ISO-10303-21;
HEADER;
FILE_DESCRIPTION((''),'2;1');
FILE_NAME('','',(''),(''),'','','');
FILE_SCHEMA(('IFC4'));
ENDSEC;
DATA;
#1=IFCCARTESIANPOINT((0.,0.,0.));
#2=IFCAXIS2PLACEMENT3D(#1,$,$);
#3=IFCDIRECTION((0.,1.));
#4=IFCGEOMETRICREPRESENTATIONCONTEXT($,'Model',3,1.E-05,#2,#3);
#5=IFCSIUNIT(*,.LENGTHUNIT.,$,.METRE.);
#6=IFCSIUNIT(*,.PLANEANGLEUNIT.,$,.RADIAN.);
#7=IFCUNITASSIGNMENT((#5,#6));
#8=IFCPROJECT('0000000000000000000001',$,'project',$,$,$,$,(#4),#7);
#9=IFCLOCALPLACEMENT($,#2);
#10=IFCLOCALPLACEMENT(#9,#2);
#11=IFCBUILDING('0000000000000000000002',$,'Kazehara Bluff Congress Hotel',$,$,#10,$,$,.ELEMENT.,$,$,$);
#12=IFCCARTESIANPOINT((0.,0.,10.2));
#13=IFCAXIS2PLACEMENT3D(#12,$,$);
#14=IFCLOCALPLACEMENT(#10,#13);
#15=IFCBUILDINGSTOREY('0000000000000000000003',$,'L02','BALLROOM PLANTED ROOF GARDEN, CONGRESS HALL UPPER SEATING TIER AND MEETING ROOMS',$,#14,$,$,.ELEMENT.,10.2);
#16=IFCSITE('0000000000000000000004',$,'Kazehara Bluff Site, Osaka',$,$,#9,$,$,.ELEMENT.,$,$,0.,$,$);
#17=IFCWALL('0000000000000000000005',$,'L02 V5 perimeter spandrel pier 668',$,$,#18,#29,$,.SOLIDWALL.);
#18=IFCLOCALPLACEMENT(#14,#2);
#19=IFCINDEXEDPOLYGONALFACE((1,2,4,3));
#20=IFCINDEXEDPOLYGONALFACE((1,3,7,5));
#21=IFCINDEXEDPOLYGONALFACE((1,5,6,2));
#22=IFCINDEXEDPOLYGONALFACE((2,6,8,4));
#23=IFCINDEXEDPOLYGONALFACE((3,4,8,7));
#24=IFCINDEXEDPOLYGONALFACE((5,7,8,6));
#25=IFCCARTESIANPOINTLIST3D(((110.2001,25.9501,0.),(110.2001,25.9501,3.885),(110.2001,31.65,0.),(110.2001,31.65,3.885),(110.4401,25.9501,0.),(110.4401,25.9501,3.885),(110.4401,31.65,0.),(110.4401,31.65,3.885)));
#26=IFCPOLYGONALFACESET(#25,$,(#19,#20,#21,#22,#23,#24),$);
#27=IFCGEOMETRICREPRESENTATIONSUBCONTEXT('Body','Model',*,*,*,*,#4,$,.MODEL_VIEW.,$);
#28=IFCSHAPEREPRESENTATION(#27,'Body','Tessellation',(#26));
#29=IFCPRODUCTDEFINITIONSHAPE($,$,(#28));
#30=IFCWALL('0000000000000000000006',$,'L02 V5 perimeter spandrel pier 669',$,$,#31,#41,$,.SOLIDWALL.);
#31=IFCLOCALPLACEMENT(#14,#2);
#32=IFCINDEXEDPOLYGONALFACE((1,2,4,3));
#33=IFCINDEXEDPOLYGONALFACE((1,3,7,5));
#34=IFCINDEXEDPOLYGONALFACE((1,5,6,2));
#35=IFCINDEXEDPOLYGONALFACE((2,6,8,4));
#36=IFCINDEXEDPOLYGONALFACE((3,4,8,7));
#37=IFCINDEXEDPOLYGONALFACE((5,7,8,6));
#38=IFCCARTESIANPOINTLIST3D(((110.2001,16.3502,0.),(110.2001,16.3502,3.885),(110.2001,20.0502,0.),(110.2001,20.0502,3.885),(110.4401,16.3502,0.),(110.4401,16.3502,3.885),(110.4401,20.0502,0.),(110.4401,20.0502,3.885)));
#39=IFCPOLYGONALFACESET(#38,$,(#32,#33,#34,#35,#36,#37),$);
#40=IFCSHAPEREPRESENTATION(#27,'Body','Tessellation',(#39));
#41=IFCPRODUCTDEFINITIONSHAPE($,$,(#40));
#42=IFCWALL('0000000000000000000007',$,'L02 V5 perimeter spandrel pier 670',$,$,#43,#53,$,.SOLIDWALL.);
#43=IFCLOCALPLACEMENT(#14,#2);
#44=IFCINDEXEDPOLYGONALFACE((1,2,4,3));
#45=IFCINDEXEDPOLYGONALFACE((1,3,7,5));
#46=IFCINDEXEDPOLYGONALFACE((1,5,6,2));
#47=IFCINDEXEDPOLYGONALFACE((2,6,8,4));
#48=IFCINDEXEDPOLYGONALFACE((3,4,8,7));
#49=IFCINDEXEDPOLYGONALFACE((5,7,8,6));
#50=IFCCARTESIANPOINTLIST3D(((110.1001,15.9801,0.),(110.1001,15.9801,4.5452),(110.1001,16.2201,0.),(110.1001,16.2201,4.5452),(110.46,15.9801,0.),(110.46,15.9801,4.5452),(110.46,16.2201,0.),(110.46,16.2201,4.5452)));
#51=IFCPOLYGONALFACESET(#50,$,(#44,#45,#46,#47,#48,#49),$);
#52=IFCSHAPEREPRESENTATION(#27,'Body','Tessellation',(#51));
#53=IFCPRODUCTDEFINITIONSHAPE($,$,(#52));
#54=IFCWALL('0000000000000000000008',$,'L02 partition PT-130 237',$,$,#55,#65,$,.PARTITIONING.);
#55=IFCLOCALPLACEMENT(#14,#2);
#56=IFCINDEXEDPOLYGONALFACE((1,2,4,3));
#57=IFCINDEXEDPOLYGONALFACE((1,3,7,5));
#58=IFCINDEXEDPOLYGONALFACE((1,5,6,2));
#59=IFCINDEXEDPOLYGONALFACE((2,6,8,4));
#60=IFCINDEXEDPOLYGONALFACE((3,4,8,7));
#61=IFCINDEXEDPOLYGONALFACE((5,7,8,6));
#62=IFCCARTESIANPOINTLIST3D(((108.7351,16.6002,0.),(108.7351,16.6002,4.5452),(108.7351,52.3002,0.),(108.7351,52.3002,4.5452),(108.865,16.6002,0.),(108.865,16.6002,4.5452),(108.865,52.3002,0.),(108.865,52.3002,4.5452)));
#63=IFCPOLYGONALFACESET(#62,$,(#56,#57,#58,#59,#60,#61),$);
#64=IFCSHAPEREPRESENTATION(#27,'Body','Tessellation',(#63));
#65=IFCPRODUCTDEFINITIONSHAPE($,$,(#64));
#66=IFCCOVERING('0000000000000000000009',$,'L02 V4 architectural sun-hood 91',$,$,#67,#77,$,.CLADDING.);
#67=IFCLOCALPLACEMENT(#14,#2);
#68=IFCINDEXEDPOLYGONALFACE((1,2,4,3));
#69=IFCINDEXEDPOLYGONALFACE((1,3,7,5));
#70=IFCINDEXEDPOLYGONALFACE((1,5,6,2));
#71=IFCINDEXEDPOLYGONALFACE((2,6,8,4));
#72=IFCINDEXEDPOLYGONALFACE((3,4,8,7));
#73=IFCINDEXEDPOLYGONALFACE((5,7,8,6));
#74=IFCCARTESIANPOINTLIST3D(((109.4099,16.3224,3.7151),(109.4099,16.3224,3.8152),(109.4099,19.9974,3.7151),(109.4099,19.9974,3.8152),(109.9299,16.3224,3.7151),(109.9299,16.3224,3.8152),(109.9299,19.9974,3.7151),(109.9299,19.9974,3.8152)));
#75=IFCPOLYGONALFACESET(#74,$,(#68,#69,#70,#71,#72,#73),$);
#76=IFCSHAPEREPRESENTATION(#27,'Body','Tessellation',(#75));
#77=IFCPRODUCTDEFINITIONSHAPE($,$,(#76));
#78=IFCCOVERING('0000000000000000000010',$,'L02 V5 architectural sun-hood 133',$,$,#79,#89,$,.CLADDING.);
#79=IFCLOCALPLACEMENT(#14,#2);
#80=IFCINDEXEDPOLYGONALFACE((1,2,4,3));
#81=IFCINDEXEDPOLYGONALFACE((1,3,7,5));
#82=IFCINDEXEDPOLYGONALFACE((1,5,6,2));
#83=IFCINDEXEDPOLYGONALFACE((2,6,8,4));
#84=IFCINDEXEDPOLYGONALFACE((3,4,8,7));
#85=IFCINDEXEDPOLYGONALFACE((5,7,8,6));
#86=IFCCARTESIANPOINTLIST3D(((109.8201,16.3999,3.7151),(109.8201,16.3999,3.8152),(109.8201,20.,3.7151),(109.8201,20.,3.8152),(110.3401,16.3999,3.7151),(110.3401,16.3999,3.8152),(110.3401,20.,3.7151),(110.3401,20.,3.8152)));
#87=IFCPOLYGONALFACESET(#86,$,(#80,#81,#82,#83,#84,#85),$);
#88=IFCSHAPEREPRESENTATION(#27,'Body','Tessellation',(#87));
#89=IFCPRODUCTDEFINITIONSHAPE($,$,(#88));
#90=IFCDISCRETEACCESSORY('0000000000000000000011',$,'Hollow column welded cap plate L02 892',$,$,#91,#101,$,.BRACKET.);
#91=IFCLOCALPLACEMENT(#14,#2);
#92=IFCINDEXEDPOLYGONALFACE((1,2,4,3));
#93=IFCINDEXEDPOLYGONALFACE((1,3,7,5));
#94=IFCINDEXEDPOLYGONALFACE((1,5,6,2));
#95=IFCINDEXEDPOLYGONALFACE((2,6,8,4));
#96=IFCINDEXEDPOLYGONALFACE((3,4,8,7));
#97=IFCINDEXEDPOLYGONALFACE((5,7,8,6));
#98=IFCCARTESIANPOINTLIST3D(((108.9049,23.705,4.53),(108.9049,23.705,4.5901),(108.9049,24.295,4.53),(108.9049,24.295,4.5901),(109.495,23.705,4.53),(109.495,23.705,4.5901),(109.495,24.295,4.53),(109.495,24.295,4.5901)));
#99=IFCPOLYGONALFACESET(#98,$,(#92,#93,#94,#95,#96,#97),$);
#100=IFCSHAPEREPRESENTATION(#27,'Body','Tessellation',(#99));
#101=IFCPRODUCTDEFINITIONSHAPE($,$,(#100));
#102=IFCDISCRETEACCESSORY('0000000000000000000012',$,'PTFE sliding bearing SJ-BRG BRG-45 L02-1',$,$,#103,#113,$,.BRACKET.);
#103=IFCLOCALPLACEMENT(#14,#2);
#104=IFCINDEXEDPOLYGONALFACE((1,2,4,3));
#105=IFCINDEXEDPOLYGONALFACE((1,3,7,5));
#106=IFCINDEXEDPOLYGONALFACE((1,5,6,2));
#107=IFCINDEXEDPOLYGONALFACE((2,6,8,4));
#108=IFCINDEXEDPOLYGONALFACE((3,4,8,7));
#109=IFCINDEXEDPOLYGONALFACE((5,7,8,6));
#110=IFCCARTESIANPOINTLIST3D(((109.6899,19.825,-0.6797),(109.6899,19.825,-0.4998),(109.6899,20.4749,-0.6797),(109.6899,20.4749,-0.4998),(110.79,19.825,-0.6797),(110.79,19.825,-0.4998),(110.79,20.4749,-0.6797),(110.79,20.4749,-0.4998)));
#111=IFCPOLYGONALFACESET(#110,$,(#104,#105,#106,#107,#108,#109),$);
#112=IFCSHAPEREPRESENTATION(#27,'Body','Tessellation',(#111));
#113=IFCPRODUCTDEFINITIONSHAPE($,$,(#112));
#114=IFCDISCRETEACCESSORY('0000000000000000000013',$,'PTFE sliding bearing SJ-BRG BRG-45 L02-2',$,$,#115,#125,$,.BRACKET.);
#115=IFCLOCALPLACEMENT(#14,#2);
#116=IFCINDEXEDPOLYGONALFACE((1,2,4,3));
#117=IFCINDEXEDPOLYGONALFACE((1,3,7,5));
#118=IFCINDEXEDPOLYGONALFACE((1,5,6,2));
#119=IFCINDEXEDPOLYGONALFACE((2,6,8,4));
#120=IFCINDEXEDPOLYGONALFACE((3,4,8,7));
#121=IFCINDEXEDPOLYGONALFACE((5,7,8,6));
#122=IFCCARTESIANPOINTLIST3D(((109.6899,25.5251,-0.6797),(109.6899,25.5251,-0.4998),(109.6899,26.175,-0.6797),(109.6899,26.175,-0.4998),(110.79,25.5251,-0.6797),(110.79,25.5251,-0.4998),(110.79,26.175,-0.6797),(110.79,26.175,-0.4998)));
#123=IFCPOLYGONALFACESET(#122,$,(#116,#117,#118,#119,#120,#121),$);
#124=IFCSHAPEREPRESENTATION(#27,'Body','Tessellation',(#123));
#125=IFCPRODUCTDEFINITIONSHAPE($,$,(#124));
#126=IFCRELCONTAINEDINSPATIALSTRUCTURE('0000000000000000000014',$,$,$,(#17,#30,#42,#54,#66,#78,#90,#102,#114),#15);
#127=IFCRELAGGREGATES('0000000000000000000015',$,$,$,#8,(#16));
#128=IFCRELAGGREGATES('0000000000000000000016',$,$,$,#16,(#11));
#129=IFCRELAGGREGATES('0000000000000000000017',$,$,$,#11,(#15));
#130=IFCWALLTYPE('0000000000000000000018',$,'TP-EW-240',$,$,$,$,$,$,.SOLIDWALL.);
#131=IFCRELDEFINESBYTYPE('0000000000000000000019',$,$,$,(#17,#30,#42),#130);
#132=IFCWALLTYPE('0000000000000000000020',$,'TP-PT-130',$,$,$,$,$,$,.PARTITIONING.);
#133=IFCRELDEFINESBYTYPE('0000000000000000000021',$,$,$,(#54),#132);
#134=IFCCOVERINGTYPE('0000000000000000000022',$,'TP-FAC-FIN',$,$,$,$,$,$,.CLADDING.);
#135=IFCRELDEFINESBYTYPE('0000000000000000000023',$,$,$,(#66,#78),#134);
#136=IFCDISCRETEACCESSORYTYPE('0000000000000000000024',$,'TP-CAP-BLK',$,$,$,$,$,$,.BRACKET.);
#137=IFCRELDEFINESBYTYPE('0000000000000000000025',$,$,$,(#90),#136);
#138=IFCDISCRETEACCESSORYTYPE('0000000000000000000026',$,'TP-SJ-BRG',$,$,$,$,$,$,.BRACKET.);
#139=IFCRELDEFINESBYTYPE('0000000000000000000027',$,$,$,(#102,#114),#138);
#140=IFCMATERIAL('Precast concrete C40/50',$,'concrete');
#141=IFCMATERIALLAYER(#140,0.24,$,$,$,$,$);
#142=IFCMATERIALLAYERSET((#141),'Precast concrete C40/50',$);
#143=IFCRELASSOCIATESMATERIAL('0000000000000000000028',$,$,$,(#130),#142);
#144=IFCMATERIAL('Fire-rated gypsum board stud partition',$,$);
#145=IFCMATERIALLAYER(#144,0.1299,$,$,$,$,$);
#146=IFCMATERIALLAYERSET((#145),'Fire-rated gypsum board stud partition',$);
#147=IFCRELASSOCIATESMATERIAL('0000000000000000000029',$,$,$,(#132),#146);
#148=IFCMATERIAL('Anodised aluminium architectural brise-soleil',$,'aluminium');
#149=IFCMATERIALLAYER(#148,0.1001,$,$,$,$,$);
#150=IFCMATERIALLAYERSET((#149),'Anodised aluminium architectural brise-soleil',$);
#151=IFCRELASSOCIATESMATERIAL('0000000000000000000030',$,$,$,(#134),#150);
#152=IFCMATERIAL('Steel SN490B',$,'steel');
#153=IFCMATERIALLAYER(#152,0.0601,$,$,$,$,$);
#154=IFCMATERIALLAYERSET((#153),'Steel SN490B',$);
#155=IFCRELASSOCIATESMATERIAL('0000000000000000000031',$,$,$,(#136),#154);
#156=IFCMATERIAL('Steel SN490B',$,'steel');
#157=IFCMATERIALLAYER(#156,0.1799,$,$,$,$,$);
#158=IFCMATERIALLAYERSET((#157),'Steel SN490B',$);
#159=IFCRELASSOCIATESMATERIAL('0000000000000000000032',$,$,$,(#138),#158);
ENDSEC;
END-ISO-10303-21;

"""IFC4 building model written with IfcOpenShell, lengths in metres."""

from ifc_helpers import new_model, si_unit, direction, frame, frame_2d, origin, origin_2d, place, context, subcontext, project, spatial, rectangle, extrude, material, layer, layer_set, type_object, element, save


model = new_model("IFC4")

# Units and contexts
model_context = context("Model", 3, precision=1e-05, world=origin(), true_north=direction((0.0, 1.0)))
body_context = subcontext(model_context, "Body", "Model", "MODEL_VIEW")
ifc_project = project(units=[si_unit("LENGTHUNIT", "METRE"), si_unit("PLANEANGLEUNIT", "RADIAN")], contexts=[model_context])

# Site, building, storey
site_placement = place(None, origin())
site = spatial("IfcSite", under=ifc_project, at=site_placement, Name="Kazehara Bluff Site, Osaka", CompositionType="ELEMENT", RefElevation=0.0)
building_placement = place(site_placement, origin())
building = spatial("IfcBuilding", under=site, at=building_placement, Name="Kazehara Bluff Congress Hotel", CompositionType="ELEMENT")
storey_placement = place(building_placement, frame((0.0, 0.0, 10.2)))
storey = spatial("IfcBuildingStorey", under=building, at=storey_placement, Name="L02", Description="BALLROOM PLANTED ROOF GARDEN, CONGRESS HALL UPPER SEATING TIER AND MEETING ROOMS", CompositionType="ELEMENT", Elevation=10.2)

# Walls
ifc_material_1 = material(Name="Precast concrete C40/50", Category="concrete")
ifc_layer_1 = layer(ifc_material_1, 0.24)
ifc_layer_set_1 = layer_set([ifc_layer_1], Name="Precast concrete C40/50")
wall_type_1 = type_object("IfcWallType", Name="TP-EW-240", PredefinedType="SOLIDWALL", material=ifc_layer_set_1)
wall_1_placement = place(storey_placement, frame((110.3201, 25.95, 0.0), z_axis=(0.0, 0.0, 1.0), x_axis=(0.0, 1.0, 0.0)))
element("IfcWall", 1, at=wall_1_placement, inside=storey, type_object=wall_type_1, Name="L02 V5 perimeter spandrel pier 668", PredefinedType="SOLIDWALL", context=body_context, shape_type="SweptSolid", body=[
    extrude(rectangle(XDim=5.7, YDim=0.24, at=frame_2d((2.8501, 0.0))), origin(), (0.0, 0.0, 1.0), 3.885),
])
wall_2_placement = place(storey_placement, frame((110.3201, 16.3501, 0.0), z_axis=(0.0, 0.0, 1.0), x_axis=(0.0, 1.0, 0.0)))
element("IfcWall", 2, at=wall_2_placement, inside=storey, type_object=wall_type_1, Name="L02 V5 perimeter spandrel pier 669", PredefinedType="SOLIDWALL", context=body_context, shape_type="SweptSolid", body=[
    extrude(rectangle(XDim=3.7, YDim=0.24, at=frame_2d((1.8501, 0.0))), origin(), (0.0, 0.0, 1.0), 3.885),
])
wall_3_placement = place(storey_placement, frame((110.46, 16.1001, 0.0), z_axis=(0.0, 0.0, 1.0), x_axis=(-1.0, 0.0, 0.0)))
element("IfcWall", 3, at=wall_3_placement, inside=storey, type_object=wall_type_1, Name="L02 V5 perimeter spandrel pier 670", PredefinedType="SOLIDWALL", context=body_context, shape_type="SweptSolid", body=[
    extrude(rectangle(XDim=0.3599, YDim=0.24, at=frame_2d((0.1799, 0.0))), origin(), (0.0, 0.0, 1.0), 4.5452),
])
ifc_material_2 = material(Name="Fire-rated gypsum board stud partition")
ifc_layer_2 = layer(ifc_material_2, 0.1299)
ifc_layer_set_2 = layer_set([ifc_layer_2], Name="Fire-rated gypsum board stud partition")
wall_type_2 = type_object("IfcWallType", Name="TP-PT-130", PredefinedType="PARTITIONING", material=ifc_layer_set_2)
wall_4_placement = place(storey_placement, frame((108.8, 16.6001, 0.0), z_axis=(0.0, 0.0, 1.0), x_axis=(0.0, 1.0, 0.0)))
element("IfcWall", 4, at=wall_4_placement, inside=storey, type_object=wall_type_2, Name="L02 partition PT-130 237", PredefinedType="PARTITIONING", context=body_context, shape_type="SweptSolid", body=[
    extrude(rectangle(XDim=35.7, YDim=0.1299, at=frame_2d((17.8501, 0.0))), origin(), (0.0, 0.0, 1.0), 4.5452),
])

# Coverings
ifc_material_3 = material(Name="Anodised aluminium architectural brise-soleil", Category="aluminium")
ifc_layer_3 = layer(ifc_material_3, 0.1001)
ifc_layer_set_3 = layer_set([ifc_layer_3], Name="Anodised aluminium architectural brise-soleil")
covering_type = type_object("IfcCoveringType", Name="TP-FAC-FIN", PredefinedType="CLADDING", material=ifc_layer_set_3)
covering_1_placement = place(storey_placement, frame((109.6699, 18.1599, 3.7151), z_axis=(0.0, 0.0, 1.0), x_axis=(1.0, 0.0, 0.0)))
element("IfcCovering", 5, at=covering_1_placement, inside=storey, type_object=covering_type, Name="L02 V4 architectural sun-hood 91", PredefinedType="CLADDING", context=body_context, shape_type="SweptSolid", body=[
    extrude(rectangle(XDim=0.52, YDim=3.675, at=origin_2d()), origin(), (0.0, 0.0, 1.0), 0.1001),
])
covering_2_placement = place(storey_placement, frame((110.0801, 18.2, 3.7151), z_axis=(0.0, 0.0, 1.0), x_axis=(1.0, 0.0, 0.0)))
element("IfcCovering", 6, at=covering_2_placement, inside=storey, type_object=covering_type, Name="L02 V5 architectural sun-hood 133", PredefinedType="CLADDING", context=body_context, shape_type="SweptSolid", body=[
    extrude(rectangle(XDim=0.52, YDim=3.6001, at=origin_2d()), origin(), (0.0, 0.0, 1.0), 0.1001),
])

# Discrete accessories
ifc_material_4 = material(Name="Steel SN490B", Category="steel")
ifc_layer_4 = layer(ifc_material_4, 0.0601)
ifc_layer_set_4 = layer_set([ifc_layer_4], Name="Steel SN490B")
discrete_accessory_type_1 = type_object("IfcDiscreteAccessoryType", Name="TP-CAP-BLK", PredefinedType="BRACKET", material=ifc_layer_set_4)
discrete_accessory_placement = place(storey_placement, frame((109.2, 24.0, 4.53), z_axis=(0.0, 0.0, 1.0), x_axis=(1.0, 0.0, 0.0)))
element("IfcDiscreteAccessory", 7, at=discrete_accessory_placement, inside=storey, type_object=discrete_accessory_type_1, Name="Hollow column welded cap plate L02 892", PredefinedType="BRACKET", context=body_context, shape_type="SweptSolid", body=[
    extrude(rectangle(XDim=0.5901, YDim=0.5901, at=origin_2d()), origin(), (0.0, 0.0, 1.0), 0.0601),
])
ifc_material_5 = material(Name="Steel SN490B", Category="steel")
ifc_layer_5 = layer(ifc_material_5, 0.1799)
ifc_layer_set_5 = layer_set([ifc_layer_5], Name="Steel SN490B")
discrete_accessory_type_2 = type_object("IfcDiscreteAccessoryType", Name="TP-SJ-BRG", PredefinedType="BRACKET", material=ifc_layer_set_5)
for number, where, z_axis, x_axis, name in (
    (8, (110.24, 20.1499, -0.6797), (0.0, 0.0, 1.0), (1.0, 0.0, 0.0), "PTFE sliding bearing SJ-BRG BRG-45 L02-1"),
    (9, (110.24, 25.8501, -0.6797), (0.0, 0.0, 1.0), (1.0, 0.0, 0.0), "PTFE sliding bearing SJ-BRG BRG-45 L02-2"),
):
    element("IfcDiscreteAccessory", number, at=place(storey_placement, frame(where, z_axis=z_axis, x_axis=x_axis)), inside=storey, type_object=discrete_accessory_type_2, Name=name, PredefinedType="BRACKET", context=body_context, shape_type="SweptSolid", body=[
        extrude(rectangle(XDim=1.1001, YDim=0.6499, at=origin_2d()), origin(), (0.0, 0.0, 1.0), 0.1799),
    ])

save(model, "model.ifc")
